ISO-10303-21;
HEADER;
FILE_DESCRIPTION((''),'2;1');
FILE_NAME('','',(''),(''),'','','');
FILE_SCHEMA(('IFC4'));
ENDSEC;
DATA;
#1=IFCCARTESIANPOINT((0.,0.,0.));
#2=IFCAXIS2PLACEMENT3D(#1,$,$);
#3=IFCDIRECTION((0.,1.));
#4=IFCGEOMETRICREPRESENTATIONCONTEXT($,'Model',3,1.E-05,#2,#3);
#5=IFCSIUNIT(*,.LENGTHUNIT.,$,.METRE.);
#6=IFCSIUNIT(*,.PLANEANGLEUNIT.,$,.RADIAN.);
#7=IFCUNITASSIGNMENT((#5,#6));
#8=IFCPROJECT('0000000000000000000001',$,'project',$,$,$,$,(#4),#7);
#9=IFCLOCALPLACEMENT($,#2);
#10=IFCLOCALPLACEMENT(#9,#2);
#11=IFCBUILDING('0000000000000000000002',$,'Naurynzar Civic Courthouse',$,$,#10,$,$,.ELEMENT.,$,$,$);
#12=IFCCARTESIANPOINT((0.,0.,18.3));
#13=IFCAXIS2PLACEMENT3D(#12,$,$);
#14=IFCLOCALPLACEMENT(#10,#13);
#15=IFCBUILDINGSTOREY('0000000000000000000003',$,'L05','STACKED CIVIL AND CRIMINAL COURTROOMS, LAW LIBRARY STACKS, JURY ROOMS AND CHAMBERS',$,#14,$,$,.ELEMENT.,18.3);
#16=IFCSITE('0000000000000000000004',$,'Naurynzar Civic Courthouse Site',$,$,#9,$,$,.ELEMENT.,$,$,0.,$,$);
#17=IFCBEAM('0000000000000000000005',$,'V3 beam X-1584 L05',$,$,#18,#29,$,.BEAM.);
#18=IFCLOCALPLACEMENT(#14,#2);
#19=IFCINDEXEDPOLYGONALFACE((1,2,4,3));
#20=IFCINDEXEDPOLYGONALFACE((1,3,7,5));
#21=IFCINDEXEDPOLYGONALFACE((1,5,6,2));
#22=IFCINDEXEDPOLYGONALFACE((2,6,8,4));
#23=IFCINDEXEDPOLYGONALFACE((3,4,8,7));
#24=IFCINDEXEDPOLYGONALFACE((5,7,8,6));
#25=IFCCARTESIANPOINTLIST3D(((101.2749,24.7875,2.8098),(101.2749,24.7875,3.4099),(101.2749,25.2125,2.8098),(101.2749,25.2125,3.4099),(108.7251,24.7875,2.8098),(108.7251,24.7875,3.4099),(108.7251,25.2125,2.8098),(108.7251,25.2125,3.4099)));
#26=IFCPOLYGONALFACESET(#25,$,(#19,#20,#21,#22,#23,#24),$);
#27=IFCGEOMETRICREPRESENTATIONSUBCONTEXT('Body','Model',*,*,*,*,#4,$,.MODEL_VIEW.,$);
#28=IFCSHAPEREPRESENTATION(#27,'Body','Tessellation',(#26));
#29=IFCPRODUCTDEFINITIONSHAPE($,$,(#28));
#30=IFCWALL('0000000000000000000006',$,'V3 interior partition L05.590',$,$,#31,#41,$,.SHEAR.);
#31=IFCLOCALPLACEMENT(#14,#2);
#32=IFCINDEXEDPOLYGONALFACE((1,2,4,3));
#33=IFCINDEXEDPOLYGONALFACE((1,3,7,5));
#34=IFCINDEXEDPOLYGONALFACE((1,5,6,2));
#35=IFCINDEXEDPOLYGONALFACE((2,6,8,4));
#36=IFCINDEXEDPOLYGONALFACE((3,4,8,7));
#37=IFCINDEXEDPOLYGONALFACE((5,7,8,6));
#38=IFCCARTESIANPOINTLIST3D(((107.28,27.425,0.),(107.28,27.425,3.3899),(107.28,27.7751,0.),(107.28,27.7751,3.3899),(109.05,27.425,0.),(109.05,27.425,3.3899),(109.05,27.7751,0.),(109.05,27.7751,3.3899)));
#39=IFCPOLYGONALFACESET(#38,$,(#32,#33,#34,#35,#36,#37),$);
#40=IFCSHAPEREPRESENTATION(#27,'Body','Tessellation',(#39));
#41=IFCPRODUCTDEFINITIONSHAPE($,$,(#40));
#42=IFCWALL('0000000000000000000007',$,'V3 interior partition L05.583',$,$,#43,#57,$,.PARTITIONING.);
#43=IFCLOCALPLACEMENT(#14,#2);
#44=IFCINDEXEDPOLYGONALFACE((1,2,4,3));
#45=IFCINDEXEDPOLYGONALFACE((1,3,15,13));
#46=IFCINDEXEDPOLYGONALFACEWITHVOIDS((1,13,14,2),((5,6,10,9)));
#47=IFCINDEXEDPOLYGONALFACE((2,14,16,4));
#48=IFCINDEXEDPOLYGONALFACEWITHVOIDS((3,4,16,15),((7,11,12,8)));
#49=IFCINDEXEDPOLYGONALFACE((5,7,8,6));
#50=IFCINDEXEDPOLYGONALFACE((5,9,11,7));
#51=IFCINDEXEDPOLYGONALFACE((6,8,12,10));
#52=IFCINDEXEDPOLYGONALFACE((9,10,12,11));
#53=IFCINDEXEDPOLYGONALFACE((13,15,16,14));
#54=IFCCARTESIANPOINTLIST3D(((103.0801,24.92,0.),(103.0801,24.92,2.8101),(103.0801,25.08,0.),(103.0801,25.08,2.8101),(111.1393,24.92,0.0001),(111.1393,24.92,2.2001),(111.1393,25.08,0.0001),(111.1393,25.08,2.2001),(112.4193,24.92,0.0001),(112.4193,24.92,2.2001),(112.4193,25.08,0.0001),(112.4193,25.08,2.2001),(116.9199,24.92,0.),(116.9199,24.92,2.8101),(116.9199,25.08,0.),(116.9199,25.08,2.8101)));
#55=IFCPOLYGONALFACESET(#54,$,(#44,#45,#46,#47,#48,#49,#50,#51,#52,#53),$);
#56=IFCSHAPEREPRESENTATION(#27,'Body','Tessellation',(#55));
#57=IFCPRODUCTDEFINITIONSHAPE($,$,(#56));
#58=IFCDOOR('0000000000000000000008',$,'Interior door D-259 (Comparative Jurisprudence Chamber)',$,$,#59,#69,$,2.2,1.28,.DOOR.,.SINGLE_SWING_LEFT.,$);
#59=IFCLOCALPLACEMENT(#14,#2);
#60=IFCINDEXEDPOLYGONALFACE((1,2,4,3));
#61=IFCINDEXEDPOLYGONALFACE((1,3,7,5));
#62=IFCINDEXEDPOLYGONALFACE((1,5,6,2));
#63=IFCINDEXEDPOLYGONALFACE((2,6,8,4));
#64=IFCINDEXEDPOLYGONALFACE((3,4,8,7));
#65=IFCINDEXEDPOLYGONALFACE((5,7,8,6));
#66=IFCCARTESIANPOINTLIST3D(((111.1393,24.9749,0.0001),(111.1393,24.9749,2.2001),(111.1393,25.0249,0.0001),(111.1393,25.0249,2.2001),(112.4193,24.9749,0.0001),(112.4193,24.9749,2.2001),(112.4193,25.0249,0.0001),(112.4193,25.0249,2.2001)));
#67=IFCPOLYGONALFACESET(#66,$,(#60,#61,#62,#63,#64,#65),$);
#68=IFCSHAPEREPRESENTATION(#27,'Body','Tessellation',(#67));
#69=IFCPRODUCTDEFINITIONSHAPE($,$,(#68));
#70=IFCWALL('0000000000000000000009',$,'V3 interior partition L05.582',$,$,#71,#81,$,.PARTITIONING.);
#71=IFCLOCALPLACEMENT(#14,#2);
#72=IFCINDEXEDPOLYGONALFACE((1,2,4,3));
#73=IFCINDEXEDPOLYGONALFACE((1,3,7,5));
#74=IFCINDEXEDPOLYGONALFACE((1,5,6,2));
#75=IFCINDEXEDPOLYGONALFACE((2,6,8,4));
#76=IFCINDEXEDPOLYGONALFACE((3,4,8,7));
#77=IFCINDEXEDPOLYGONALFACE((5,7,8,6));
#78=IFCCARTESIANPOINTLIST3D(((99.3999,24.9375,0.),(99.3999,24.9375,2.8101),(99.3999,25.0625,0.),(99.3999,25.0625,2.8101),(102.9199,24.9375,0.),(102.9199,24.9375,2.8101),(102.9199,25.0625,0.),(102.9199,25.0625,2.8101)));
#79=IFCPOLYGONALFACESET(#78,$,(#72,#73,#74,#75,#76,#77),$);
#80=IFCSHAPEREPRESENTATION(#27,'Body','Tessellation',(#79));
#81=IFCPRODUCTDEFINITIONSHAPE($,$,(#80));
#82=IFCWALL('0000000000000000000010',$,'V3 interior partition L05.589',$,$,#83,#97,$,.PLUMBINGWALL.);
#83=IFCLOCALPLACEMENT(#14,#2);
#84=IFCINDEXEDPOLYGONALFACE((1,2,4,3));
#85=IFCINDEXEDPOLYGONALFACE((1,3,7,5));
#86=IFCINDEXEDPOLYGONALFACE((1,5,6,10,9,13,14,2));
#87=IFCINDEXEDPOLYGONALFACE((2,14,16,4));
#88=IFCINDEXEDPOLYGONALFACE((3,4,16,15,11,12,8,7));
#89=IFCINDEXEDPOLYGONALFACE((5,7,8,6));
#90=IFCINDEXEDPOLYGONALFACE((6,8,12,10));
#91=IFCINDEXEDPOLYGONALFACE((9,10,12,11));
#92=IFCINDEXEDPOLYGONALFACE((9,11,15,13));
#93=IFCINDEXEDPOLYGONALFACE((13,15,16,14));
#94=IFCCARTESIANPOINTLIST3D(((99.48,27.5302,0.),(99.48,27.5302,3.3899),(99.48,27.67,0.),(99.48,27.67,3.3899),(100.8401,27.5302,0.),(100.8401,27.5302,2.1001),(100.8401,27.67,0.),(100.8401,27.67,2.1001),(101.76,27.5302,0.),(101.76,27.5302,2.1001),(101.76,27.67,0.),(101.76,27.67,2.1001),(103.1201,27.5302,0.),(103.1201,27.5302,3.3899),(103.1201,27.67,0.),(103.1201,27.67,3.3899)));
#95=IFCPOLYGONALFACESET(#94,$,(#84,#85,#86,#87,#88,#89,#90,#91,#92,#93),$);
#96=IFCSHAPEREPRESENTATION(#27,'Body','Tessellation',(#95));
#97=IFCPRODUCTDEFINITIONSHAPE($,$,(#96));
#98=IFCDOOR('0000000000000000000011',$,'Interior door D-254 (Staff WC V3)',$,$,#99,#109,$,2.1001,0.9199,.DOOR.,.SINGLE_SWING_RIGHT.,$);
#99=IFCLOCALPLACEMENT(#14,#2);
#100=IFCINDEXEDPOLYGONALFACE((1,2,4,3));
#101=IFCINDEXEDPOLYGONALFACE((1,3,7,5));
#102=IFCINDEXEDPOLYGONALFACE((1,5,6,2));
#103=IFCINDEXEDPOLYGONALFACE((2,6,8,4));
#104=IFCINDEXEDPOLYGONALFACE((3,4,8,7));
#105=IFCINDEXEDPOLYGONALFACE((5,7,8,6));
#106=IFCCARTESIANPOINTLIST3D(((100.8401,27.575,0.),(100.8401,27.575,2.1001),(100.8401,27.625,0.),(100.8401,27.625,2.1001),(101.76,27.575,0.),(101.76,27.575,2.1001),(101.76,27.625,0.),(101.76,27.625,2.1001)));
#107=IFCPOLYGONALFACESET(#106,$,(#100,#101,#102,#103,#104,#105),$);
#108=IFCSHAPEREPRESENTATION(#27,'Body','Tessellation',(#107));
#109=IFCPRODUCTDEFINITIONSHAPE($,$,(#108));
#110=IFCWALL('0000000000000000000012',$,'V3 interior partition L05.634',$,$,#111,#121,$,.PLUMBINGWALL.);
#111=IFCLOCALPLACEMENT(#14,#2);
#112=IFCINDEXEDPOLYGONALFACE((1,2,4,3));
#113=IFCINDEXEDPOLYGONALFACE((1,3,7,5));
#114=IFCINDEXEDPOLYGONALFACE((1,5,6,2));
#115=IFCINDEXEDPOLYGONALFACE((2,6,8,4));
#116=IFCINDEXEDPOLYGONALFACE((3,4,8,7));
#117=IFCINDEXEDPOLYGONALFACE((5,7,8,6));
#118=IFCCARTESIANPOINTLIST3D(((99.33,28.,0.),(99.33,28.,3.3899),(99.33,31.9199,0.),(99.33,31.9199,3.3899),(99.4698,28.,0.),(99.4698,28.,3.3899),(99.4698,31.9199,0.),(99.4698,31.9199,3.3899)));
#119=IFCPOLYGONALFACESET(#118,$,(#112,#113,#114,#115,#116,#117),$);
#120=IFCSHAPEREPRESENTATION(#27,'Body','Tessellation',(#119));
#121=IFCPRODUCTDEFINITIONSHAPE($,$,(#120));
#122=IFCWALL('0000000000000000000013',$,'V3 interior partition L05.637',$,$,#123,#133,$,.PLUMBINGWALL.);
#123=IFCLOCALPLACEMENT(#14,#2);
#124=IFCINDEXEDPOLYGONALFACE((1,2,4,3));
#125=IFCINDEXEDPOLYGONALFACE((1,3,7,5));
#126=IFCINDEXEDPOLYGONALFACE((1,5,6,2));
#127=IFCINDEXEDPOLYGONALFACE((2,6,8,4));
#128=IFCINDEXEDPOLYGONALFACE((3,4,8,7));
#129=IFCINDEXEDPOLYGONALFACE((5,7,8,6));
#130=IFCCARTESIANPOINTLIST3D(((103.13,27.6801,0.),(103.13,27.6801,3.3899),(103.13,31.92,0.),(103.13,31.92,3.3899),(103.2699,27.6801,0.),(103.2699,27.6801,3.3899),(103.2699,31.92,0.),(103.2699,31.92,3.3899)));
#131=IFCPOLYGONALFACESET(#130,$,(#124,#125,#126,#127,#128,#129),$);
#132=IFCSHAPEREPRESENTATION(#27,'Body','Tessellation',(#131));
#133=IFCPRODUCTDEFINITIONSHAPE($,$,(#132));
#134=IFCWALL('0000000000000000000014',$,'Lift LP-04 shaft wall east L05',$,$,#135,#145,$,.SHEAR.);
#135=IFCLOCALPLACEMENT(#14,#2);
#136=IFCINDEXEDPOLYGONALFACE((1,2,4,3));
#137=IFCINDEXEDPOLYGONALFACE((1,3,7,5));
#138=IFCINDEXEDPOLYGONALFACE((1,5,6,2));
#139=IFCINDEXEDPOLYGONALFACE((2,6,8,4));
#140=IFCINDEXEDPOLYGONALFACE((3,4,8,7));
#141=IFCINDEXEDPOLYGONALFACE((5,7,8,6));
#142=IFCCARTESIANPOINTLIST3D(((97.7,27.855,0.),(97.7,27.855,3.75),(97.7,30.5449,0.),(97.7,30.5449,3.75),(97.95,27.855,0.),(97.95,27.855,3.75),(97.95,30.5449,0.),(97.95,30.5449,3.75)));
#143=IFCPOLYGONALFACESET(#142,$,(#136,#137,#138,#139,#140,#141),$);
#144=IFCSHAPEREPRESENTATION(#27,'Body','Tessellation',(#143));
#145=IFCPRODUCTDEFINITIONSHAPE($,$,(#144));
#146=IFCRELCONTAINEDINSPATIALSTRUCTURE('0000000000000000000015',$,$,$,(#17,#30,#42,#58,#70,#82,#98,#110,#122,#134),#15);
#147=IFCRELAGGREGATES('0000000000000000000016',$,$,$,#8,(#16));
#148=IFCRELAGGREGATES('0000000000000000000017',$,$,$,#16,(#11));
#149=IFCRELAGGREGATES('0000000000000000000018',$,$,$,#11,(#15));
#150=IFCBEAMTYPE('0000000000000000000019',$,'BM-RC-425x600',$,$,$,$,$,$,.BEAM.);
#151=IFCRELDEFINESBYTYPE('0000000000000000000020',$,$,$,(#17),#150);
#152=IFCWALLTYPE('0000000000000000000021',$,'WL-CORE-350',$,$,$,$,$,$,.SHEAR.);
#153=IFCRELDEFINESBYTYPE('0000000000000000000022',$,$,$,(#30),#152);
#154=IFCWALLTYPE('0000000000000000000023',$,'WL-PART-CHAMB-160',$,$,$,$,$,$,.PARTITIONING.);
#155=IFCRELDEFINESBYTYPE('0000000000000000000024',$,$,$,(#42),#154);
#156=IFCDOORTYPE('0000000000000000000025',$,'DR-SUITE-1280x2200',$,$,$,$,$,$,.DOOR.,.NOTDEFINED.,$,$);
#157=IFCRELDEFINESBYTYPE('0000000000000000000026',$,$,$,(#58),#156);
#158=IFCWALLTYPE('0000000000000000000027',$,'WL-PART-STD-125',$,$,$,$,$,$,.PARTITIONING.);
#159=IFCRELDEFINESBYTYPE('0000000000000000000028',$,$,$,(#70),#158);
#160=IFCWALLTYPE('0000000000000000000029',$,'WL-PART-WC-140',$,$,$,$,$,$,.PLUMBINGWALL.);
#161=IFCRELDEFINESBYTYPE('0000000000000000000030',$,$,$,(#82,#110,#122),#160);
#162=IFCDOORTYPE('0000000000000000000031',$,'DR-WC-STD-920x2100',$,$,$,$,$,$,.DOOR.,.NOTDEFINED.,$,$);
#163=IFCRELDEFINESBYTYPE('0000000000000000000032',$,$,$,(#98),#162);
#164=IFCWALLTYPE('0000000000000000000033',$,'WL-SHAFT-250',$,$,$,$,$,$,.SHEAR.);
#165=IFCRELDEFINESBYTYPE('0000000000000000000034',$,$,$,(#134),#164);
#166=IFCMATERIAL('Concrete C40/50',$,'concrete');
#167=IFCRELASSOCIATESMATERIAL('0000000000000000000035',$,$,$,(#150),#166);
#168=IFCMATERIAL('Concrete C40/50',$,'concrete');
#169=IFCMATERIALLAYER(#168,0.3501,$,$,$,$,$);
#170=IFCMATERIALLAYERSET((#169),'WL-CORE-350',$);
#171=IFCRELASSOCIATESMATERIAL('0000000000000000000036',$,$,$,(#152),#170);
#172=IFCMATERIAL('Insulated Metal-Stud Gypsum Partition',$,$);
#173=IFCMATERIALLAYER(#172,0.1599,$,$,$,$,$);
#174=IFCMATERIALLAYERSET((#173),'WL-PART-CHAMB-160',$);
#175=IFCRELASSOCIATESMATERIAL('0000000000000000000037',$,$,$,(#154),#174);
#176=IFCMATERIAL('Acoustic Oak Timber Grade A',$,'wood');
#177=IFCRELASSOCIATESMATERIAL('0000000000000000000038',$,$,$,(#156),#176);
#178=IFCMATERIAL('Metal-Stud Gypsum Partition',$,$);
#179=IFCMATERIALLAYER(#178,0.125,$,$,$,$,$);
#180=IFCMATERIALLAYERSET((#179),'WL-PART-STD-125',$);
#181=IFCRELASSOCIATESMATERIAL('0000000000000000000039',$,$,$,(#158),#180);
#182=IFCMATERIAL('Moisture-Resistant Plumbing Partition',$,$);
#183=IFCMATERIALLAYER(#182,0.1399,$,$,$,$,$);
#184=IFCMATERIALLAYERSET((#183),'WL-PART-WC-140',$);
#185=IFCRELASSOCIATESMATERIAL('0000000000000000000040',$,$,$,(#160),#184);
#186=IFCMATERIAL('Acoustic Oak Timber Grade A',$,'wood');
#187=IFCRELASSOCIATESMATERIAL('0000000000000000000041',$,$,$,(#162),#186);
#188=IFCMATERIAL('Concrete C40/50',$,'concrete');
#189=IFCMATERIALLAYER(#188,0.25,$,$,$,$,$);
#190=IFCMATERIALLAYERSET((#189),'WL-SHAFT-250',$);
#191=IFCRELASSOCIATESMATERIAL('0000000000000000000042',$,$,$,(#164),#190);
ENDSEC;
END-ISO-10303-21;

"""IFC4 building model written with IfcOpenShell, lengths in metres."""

from ifc_helpers import new_model, si_unit, direction, frame, frame_2d, origin, origin_2d, place, context, subcontext, project, spatial, rectangle, extrude, material, layer, layer_set, material_profile, profile_set, type_object, element, fill, save


model = new_model("IFC4")

# Units and contexts
model_context = context("Model", 3, precision=1e-05, world=origin(), true_north=direction((0.0, 1.0)))
body_context = subcontext(model_context, "Body", "Model", "MODEL_VIEW")
ifc_project = project(units=[si_unit("LENGTHUNIT", "METRE"), si_unit("PLANEANGLEUNIT", "RADIAN")], contexts=[model_context])

# Site, building, storey
site_placement = place(None, origin())
site = spatial("IfcSite", under=ifc_project, at=site_placement, Name="Naurynzar Civic Courthouse Site", CompositionType="ELEMENT", RefElevation=0.0)
building_placement = place(site_placement, origin())
building = spatial("IfcBuilding", under=site, at=building_placement, Name="Naurynzar Civic Courthouse", CompositionType="ELEMENT")
storey_placement = place(building_placement, frame((0.0, 0.0, 18.3)))
storey = spatial("IfcBuildingStorey", under=building, at=storey_placement, Name="L05", Description="STACKED CIVIL AND CRIMINAL COURTROOMS, LAW LIBRARY STACKS, JURY ROOMS AND CHAMBERS", CompositionType="ELEMENT", Elevation=18.3)

# Beam
ifc_material_1 = material(Name="Concrete C40/50", Category="concrete")
ifc_material_profile_1 = material_profile(ifc_material_1, rectangle(XDim=0.425, YDim=0.6001, at=origin_2d()), Name="RCB 425x600")
ifc_profile_set_1 = profile_set([ifc_material_profile_1], Name="Concrete C40/50")
beam_type_1 = type_object("IfcBeamType", Name="BM-RC-425x600", PredefinedType="BEAM", material=ifc_profile_set_1)
beam_1_placement = place(storey_placement, frame((101.2749, 25.0, 3.1099), z_axis=(1.0, 0.0, 0.0), x_axis=(0.0, 1.0, 0.0)))
element("IfcBeam", 1, at=beam_1_placement, inside=storey, type_object=beam_type_1, Name="V3 beam X-1584 L05", PredefinedType="BEAM", context=body_context, shape_type="SweptSolid", body=[
    extrude(rectangle(XDim=0.425, YDim=0.6001, at=origin_2d()), origin(), (0.0, 0.0, 1.0), 7.4502),
])

# Wall
ifc_material_2 = material(Name="Concrete C40/50", Category="concrete")
ifc_layer_1 = layer(ifc_material_2, 0.3501)
ifc_layer_set_1 = layer_set([ifc_layer_1], Name="WL-CORE-350")
wall_type_1 = type_object("IfcWallType", Name="WL-CORE-350", PredefinedType="SHEAR", material=ifc_layer_set_1)
wall_1_placement = place(storey_placement, frame((107.28, 27.6001, 0.0), z_axis=(0.0, 0.0, 1.0), x_axis=(1.0, 0.0, 0.0)))
element("IfcWall", 2, at=wall_1_placement, inside=storey, type_object=wall_type_1, Name="V3 interior partition L05.590", PredefinedType="SHEAR", context=body_context, shape_type="SweptSolid", body=[
    extrude(rectangle(XDim=1.77, YDim=0.3501, at=frame_2d((0.885, 0.0))), origin(), (0.0, 0.0, 1.0), 3.3899),
])

# Wall, opening, door
ifc_material_3 = material(Name="Insulated Metal-Stud Gypsum Partition")
ifc_layer_2 = layer(ifc_material_3, 0.1599)
ifc_layer_set_2 = layer_set([ifc_layer_2], Name="WL-PART-CHAMB-160")
wall_type_2 = type_object("IfcWallType", Name="WL-PART-CHAMB-160", PredefinedType="PARTITIONING", material=ifc_layer_set_2)
wall_2_placement = place(storey_placement, frame((103.0801, 25.0, 0.0), z_axis=(0.0, 0.0, 1.0), x_axis=(1.0, 0.0, 0.0)))
wall_2 = element("IfcWall", 3, at=wall_2_placement, inside=storey, type_object=wall_type_2, Name="V3 interior partition L05.583", PredefinedType="PARTITIONING", context=body_context, shape_type="SweptSolid", body=[
    extrude(rectangle(XDim=13.8398, YDim=0.1599, at=frame_2d((6.9199, 0.0))), origin(), (0.0, 0.0, 1.0), 2.8101),
])
opening_1_placement = place(wall_2_placement, frame((8.0591, 0.0, 0.0)))
opening_1 = element("IfcOpeningElement", 4, at=opening_1_placement, cuts=wall_2, PredefinedType="OPENING", context=body_context, shape_type="SweptSolid", body=[
    extrude(rectangle(XDim=1.28, YDim=2.2, at=frame_2d((0.6401, 1.1001))), frame((0.0, 0.0898, 0.0), z_axis=(0.0, -1.0, 0.0), x_axis=(1.0, 0.0, 0.0)), (0.0, 0.0, 1.0), 0.1799),
])
ifc_material_4 = material(Name="Acoustic Oak Timber Grade A", Category="wood")
door_type_1 = type_object("IfcDoorType", Name="DR-SUITE-1280x2200", OperationType="NOTDEFINED", PredefinedType="DOOR", material=ifc_material_4)
door_1_placement = place(opening_1_placement, origin())
door_1 = element("IfcDoor", 5, at=door_1_placement, inside=storey, type_object=door_type_1, Name="Interior door D-259 (Comparative Jurisprudence Chamber)", OperationType="SINGLE_SWING_LEFT", OverallHeight=2.2, OverallWidth=1.28, PredefinedType="DOOR", context=body_context, shape_type="SweptSolid", body=[
    extrude(rectangle(XDim=1.28, YDim=2.2, at=frame_2d((0.6401, 1.1001))), frame((0.0, 0.0249, 0.0), z_axis=(0.0, -1.0, 0.0), x_axis=(1.0, 0.0, 0.0)), (0.0, 0.0, 1.0), 0.05),
])
fill(opening_1, door_1)

# Wall
ifc_material_5 = material(Name="Metal-Stud Gypsum Partition")
ifc_layer_3 = layer(ifc_material_5, 0.125)
ifc_layer_set_3 = layer_set([ifc_layer_3], Name="WL-PART-STD-125")
wall_type_3 = type_object("IfcWallType", Name="WL-PART-STD-125", PredefinedType="PARTITIONING", material=ifc_layer_set_3)
wall_3_placement = place(storey_placement, frame((99.3999, 25.0, 0.0), z_axis=(0.0, 0.0, 1.0), x_axis=(1.0, 0.0, 0.0)))
element("IfcWall", 6, at=wall_3_placement, inside=storey, type_object=wall_type_3, Name="V3 interior partition L05.582", PredefinedType="PARTITIONING", context=body_context, shape_type="SweptSolid", body=[
    extrude(rectangle(XDim=3.52, YDim=0.125, at=frame_2d((1.76, 0.0))), origin(), (0.0, 0.0, 1.0), 2.8101),
])

# Wall, opening, door
ifc_material_6 = material(Name="Moisture-Resistant Plumbing Partition")
ifc_layer_4 = layer(ifc_material_6, 0.1399)
ifc_layer_set_4 = layer_set([ifc_layer_4], Name="WL-PART-WC-140")
wall_type_4 = type_object("IfcWallType", Name="WL-PART-WC-140", PredefinedType="PLUMBINGWALL", material=ifc_layer_set_4)
wall_4_placement = place(storey_placement, frame((99.48, 27.6001, 0.0), z_axis=(0.0, 0.0, 1.0), x_axis=(1.0, 0.0, 0.0)))
wall_4 = element("IfcWall", 7, at=wall_4_placement, inside=storey, type_object=wall_type_4, Name="V3 interior partition L05.589", PredefinedType="PLUMBINGWALL", context=body_context, shape_type="SweptSolid", body=[
    extrude(rectangle(XDim=3.6401, YDim=0.1399, at=frame_2d((1.8201, 0.0))), origin(), (0.0, 0.0, 1.0), 3.3899),
])
opening_2_placement = place(wall_4_placement, frame((1.3601, 0.0, 0.0)))
opening_2 = element("IfcOpeningElement", 8, at=opening_2_placement, cuts=wall_4, PredefinedType="OPENING", context=body_context, shape_type="SweptSolid", body=[
    extrude(rectangle(XDim=0.9199, YDim=2.1001, at=frame_2d((0.46, 1.05))), frame((0.0, 0.0798, 0.0), z_axis=(0.0, -1.0, 0.0), x_axis=(1.0, 0.0, 0.0)), (0.0, 0.0, 1.0), 0.1599),
])
ifc_material_7 = material(Name="Acoustic Oak Timber Grade A", Category="wood")
door_type_2 = type_object("IfcDoorType", Name="DR-WC-STD-920x2100", OperationType="NOTDEFINED", PredefinedType="DOOR", material=ifc_material_7)
door_2_placement = place(opening_2_placement, origin())
door_2 = element("IfcDoor", 9, at=door_2_placement, inside=storey, type_object=door_type_2, Name="Interior door D-254 (Staff WC V3)", OperationType="SINGLE_SWING_RIGHT", OverallHeight=2.1001, OverallWidth=0.9199, PredefinedType="DOOR", context=body_context, shape_type="SweptSolid", body=[
    extrude(rectangle(XDim=0.9199, YDim=2.1001, at=frame_2d((0.46, 1.05))), frame((0.0, 0.0249, 0.0), z_axis=(0.0, -1.0, 0.0), x_axis=(1.0, 0.0, 0.0)), (0.0, 0.0, 1.0), 0.05),
])
fill(opening_2, door_2)

# Walls
wall_5_placement = place(storey_placement, frame((99.3999, 28.0, 0.0), z_axis=(0.0, 0.0, 1.0), x_axis=(0.0, 1.0, 0.0)))
element("IfcWall", 10, at=wall_5_placement, inside=storey, type_object=wall_type_4, Name="V3 interior partition L05.634", PredefinedType="PLUMBINGWALL", context=body_context, shape_type="SweptSolid", body=[
    extrude(rectangle(XDim=3.9199, YDim=0.1399, at=frame_2d((1.96, 0.0))), origin(), (0.0, 0.0, 1.0), 3.3899),
])
wall_6_placement = place(storey_placement, frame((103.2, 27.6799, 0.0), z_axis=(0.0, 0.0, 1.0), x_axis=(0.0, 1.0, 0.0)))
element("IfcWall", 11, at=wall_6_placement, inside=storey, type_object=wall_type_4, Name="V3 interior partition L05.637", PredefinedType="PLUMBINGWALL", context=body_context, shape_type="SweptSolid", body=[
    extrude(rectangle(XDim=4.24, YDim=0.1399, at=frame_2d((2.1201, 0.0))), origin(), (0.0, 0.0, 1.0), 3.3899),
])
ifc_material_8 = material(Name="Concrete C40/50", Category="concrete")
ifc_layer_5 = layer(ifc_material_8, 0.25)
ifc_layer_set_5 = layer_set([ifc_layer_5], Name="WL-SHAFT-250")
wall_type_5 = type_object("IfcWallType", Name="WL-SHAFT-250", PredefinedType="SHEAR", material=ifc_layer_set_5)
wall_7_placement = place(storey_placement, frame((97.825, 27.855, 0.0), z_axis=(0.0, 0.0, 1.0), x_axis=(0.0, 1.0, 0.0)))
element("IfcWall", 12, at=wall_7_placement, inside=storey, type_object=wall_type_5, Name="Lift LP-04 shaft wall east L05", PredefinedType="SHEAR", context=body_context, shape_type="SweptSolid", body=[
    extrude(rectangle(XDim=2.6899, YDim=0.25, at=frame_2d((1.345, 0.0))), origin(), (0.0, 0.0, 1.0), 3.75),
])

save(model, "model.ifc")
